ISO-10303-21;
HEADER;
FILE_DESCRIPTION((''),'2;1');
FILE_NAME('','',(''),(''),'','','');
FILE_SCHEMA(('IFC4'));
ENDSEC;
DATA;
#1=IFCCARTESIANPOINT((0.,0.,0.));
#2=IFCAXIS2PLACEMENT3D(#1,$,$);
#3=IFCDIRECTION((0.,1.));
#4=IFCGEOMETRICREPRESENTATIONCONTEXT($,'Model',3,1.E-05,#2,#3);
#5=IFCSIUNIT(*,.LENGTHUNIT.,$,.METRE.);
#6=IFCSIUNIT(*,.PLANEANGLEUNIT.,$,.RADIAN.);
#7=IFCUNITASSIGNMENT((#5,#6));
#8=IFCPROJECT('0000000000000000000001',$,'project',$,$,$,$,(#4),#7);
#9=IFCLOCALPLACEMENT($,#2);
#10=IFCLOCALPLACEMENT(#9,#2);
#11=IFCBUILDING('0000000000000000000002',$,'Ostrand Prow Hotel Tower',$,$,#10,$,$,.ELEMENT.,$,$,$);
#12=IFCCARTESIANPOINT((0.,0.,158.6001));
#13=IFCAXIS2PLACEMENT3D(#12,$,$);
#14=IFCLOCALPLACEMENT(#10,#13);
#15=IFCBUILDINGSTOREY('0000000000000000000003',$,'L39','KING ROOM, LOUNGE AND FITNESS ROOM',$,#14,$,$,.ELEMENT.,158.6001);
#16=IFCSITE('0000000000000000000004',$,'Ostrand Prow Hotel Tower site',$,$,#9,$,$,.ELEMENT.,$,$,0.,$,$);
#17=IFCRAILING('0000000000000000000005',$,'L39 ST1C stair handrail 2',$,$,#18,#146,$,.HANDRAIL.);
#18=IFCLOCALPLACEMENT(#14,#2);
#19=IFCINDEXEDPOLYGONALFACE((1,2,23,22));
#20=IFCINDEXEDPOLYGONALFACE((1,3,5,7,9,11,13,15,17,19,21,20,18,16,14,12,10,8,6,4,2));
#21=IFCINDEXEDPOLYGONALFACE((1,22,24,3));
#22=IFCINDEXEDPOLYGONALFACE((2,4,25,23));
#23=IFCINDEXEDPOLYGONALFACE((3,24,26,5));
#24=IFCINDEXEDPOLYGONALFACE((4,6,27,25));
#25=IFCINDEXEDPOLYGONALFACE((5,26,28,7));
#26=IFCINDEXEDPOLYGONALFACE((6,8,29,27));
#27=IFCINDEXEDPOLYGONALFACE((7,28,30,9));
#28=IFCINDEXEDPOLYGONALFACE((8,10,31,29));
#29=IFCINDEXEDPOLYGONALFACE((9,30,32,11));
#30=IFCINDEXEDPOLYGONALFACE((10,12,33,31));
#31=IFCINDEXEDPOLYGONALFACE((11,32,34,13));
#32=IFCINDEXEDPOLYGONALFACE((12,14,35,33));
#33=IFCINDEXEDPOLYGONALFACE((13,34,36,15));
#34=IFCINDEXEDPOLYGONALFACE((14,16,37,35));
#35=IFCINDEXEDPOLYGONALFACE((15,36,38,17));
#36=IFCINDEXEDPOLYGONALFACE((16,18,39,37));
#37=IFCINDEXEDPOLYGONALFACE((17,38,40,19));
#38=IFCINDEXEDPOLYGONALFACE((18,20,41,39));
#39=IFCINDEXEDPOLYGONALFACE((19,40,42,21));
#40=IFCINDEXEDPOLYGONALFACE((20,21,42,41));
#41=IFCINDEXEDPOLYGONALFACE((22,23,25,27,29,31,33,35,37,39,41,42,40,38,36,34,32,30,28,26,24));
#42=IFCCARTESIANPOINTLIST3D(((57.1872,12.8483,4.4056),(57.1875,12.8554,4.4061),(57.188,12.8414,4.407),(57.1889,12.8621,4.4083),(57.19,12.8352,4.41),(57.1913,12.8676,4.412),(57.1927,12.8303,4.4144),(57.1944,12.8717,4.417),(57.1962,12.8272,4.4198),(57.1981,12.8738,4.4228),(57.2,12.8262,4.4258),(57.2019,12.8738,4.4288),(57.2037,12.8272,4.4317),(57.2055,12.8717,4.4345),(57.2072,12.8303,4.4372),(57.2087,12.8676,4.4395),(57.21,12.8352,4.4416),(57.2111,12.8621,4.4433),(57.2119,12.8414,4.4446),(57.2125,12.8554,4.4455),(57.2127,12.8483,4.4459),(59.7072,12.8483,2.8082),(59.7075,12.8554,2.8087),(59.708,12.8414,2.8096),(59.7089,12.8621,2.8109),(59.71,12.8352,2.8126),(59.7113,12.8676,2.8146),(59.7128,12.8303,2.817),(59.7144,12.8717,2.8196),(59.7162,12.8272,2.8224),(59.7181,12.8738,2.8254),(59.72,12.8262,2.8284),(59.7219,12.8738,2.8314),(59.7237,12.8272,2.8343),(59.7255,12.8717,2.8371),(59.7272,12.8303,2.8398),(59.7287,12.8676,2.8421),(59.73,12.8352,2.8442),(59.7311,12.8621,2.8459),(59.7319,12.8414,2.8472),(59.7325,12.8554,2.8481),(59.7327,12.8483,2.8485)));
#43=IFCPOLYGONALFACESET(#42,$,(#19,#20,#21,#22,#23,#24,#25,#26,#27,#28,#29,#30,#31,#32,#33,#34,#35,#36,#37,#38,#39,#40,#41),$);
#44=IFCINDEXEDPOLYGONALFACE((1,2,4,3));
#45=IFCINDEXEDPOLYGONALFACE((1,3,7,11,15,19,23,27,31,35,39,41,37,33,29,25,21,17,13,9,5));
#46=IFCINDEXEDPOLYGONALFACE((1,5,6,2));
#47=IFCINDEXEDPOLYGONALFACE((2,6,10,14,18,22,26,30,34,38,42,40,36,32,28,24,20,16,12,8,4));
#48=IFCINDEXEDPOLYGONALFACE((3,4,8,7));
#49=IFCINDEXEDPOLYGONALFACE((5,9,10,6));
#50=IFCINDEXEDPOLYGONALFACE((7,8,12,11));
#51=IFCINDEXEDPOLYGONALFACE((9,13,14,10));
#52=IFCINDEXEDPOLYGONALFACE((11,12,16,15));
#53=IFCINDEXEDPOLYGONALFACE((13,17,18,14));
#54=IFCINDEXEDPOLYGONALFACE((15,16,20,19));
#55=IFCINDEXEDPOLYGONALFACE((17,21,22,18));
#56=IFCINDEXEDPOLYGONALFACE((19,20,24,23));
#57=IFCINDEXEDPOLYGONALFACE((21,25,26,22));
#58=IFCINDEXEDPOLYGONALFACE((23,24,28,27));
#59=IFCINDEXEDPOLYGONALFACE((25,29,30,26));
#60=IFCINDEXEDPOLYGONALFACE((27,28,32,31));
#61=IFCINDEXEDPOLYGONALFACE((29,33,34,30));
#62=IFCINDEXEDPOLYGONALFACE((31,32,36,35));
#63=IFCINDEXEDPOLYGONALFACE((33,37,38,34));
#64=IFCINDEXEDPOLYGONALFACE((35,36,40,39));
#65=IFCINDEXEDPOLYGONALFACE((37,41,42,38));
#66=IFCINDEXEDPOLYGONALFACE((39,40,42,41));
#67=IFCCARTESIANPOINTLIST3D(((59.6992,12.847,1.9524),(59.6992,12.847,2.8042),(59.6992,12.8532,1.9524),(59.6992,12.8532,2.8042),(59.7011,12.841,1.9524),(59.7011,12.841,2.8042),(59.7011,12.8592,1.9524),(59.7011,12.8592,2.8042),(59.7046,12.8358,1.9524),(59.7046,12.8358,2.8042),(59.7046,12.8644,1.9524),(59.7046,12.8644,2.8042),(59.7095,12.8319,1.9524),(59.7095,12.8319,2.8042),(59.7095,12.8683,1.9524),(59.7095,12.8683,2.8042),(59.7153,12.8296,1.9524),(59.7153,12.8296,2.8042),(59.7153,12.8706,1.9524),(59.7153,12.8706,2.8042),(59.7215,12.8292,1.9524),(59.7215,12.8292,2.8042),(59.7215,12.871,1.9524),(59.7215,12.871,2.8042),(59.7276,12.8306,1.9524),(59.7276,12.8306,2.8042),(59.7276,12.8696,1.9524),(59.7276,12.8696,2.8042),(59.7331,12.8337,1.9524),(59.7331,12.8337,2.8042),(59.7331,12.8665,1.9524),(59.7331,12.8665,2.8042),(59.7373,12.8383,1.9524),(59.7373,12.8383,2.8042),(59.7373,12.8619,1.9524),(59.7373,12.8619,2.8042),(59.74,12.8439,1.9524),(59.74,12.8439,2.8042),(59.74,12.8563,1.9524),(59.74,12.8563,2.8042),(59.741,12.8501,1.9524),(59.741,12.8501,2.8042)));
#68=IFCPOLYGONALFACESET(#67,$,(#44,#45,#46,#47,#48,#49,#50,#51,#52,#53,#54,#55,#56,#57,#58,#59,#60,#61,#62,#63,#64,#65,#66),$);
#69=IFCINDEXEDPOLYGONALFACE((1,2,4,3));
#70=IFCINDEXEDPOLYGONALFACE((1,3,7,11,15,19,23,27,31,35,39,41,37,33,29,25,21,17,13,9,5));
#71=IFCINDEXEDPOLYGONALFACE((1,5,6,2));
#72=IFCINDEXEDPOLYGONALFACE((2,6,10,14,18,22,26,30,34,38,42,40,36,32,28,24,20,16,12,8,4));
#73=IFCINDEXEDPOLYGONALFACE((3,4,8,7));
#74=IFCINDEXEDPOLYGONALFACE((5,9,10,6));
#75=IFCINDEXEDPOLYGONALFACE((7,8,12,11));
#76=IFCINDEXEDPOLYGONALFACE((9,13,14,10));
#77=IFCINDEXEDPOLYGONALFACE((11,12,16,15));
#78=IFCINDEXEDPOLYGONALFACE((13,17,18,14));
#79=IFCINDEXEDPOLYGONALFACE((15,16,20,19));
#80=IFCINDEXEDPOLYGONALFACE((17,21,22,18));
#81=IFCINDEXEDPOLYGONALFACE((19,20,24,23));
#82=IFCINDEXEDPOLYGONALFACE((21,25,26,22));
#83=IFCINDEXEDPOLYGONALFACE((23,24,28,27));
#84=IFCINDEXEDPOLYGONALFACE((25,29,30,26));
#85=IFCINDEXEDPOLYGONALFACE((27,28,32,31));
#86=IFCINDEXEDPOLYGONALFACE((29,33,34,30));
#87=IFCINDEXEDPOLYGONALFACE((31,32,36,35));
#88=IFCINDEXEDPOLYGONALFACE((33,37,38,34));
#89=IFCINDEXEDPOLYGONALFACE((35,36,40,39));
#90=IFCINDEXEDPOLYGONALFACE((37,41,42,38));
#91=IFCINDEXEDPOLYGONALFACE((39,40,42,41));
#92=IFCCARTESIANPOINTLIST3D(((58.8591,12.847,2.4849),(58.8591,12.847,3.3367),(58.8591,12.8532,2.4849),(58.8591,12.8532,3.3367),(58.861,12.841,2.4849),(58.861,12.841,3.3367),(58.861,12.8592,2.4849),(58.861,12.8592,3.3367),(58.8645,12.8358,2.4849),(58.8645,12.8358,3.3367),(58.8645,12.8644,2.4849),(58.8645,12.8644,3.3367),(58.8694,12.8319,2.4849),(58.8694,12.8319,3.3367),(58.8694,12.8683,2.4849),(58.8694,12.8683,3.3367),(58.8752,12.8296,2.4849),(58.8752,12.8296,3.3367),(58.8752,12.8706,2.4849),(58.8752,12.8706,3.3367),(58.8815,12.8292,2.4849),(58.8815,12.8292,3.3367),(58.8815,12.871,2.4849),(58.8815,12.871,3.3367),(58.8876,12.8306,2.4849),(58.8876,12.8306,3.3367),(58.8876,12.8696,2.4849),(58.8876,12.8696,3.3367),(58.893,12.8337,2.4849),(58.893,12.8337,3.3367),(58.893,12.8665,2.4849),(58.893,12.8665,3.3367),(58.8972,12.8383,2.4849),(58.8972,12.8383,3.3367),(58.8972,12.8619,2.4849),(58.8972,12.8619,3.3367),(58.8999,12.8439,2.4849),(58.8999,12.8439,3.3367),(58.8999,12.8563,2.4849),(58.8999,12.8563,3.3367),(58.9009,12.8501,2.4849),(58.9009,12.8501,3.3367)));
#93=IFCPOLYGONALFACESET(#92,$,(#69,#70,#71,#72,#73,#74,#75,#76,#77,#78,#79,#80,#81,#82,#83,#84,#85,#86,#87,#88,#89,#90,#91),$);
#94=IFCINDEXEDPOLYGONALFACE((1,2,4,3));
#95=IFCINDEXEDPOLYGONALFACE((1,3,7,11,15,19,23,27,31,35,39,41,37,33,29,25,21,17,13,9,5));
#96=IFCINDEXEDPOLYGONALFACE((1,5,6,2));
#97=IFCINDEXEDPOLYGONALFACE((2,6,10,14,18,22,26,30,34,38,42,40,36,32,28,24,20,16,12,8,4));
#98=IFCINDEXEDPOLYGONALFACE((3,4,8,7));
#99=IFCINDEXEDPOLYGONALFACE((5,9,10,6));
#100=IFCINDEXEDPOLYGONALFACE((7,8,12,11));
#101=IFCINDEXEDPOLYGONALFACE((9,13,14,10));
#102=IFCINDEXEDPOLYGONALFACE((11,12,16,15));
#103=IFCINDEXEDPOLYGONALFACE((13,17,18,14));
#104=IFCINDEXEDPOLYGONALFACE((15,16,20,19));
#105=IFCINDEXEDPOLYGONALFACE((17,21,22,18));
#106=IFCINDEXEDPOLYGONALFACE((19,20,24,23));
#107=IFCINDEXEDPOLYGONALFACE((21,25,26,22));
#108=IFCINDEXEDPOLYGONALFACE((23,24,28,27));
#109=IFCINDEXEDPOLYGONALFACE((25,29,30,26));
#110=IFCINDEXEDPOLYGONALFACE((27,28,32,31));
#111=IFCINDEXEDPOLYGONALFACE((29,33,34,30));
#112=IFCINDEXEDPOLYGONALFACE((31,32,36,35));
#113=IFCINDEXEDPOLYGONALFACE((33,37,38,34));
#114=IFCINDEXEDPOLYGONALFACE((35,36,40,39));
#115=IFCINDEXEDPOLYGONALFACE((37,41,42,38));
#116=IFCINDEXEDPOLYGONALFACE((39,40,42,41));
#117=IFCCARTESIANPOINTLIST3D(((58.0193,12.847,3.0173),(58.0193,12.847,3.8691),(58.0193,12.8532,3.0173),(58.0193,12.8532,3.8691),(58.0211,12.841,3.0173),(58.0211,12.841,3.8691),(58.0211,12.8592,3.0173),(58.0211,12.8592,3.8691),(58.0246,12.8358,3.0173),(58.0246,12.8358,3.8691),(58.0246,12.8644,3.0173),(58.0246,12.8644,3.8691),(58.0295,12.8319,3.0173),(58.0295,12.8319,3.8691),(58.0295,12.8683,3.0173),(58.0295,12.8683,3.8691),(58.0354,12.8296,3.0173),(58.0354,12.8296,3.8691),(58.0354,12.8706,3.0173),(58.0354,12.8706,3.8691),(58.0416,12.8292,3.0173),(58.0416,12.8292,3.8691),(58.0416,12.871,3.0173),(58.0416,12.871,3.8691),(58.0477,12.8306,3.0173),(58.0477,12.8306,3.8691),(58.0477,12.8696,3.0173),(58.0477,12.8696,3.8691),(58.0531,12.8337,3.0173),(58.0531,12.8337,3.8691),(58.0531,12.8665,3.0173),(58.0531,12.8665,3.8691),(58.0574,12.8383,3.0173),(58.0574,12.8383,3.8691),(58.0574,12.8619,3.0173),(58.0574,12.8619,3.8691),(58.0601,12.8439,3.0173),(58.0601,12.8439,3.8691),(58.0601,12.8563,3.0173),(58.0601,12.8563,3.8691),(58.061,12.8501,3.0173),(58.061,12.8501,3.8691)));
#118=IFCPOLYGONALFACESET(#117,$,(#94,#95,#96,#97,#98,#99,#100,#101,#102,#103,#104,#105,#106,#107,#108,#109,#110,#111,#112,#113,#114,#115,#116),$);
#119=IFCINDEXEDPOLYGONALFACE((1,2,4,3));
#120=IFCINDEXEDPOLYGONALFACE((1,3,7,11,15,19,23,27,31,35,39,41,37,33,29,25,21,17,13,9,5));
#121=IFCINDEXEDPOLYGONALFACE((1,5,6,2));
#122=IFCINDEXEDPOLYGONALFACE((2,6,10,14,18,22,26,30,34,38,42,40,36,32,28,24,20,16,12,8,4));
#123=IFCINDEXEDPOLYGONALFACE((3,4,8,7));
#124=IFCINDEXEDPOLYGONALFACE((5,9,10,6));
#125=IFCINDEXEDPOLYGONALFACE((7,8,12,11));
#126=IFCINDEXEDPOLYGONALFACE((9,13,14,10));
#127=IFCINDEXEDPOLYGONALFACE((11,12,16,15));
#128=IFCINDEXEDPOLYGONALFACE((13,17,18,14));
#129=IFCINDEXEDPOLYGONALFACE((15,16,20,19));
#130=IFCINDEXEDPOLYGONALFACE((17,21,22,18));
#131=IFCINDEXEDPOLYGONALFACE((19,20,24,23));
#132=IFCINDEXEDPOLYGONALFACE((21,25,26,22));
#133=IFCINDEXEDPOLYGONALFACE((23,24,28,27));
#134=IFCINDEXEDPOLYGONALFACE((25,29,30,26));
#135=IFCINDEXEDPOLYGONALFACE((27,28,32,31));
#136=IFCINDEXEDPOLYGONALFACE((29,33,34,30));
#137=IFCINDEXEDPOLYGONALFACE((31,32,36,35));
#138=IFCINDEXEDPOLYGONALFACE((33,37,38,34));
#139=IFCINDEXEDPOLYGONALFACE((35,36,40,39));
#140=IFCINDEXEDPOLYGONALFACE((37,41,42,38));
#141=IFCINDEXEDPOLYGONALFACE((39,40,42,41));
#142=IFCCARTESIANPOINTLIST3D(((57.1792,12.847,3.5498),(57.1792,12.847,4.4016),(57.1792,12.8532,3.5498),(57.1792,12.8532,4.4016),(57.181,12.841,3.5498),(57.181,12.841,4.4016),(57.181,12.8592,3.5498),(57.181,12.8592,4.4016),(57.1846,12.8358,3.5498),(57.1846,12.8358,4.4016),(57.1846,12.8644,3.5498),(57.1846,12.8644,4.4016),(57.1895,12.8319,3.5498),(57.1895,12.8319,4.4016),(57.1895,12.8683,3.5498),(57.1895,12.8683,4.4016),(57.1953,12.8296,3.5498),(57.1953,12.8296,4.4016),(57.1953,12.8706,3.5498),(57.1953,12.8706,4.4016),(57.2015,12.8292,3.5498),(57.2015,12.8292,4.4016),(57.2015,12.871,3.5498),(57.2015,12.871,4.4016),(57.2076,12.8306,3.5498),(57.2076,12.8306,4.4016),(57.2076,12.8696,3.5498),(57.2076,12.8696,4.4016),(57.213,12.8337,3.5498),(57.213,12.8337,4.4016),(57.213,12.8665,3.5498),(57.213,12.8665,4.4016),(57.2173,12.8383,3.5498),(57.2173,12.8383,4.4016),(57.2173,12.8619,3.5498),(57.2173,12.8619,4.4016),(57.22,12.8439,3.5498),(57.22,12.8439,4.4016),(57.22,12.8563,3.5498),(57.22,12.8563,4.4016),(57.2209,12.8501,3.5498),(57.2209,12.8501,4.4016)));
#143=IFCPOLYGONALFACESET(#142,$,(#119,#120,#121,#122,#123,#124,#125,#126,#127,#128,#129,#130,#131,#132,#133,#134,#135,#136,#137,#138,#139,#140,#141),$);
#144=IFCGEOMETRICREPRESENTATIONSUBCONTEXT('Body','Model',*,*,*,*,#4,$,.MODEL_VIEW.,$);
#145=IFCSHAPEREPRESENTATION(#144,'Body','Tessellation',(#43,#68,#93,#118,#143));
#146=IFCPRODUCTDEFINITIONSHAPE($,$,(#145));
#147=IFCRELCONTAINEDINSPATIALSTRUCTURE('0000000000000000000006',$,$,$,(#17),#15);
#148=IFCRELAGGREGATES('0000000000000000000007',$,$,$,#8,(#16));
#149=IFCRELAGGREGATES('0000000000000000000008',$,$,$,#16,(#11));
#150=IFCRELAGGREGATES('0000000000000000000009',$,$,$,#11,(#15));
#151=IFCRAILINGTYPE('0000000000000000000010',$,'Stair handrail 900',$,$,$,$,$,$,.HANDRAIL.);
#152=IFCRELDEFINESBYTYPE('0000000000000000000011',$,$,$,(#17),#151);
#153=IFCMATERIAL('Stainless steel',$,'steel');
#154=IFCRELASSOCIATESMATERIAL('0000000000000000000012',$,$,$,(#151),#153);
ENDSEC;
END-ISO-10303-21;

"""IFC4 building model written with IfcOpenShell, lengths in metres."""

from ifc_helpers import new_model, si_unit, direction, frame, origin, origin_2d, place, context, subcontext, project, spatial, circle, extrude, material, type_object, element, save


model = new_model("IFC4")

# Units and contexts
model_context = context("Model", 3, precision=1e-05, world=origin(), true_north=direction((0.0, 1.0)))
body_context = subcontext(model_context, "Body", "Model", "MODEL_VIEW")
ifc_project = project(units=[si_unit("LENGTHUNIT", "METRE"), si_unit("PLANEANGLEUNIT", "RADIAN")], contexts=[model_context])

# Site, building, storey
site_placement = place(None, origin())
site = spatial("IfcSite", under=ifc_project, at=site_placement, Name="Ostrand Prow Hotel Tower site", CompositionType="ELEMENT", RefElevation=0.0)
building_placement = place(site_placement, origin())
building = spatial("IfcBuilding", under=site, at=building_placement, Name="Ostrand Prow Hotel Tower", CompositionType="ELEMENT")
storey_placement = place(building_placement, frame((0.0, 0.0, 158.6001)))
storey = spatial("IfcBuildingStorey", under=building, at=storey_placement, Name="L39", Description="KING ROOM, LOUNGE AND FITNESS ROOM", CompositionType="ELEMENT", Elevation=158.6001)

# Railing
ifc_material_1 = material(Name="Stainless steel", Category="steel")
railing_type_1 = type_object("IfcRailingType", Name="Stair handrail 900", PredefinedType="HANDRAIL", material=ifc_material_1)
railing_1_placement = place(storey_placement, frame((59.72, 12.8501, 1.9524)))
element("IfcRailing", 1, at=railing_1_placement, inside=storey, type_object=railing_type_1, Name="L39 ST1C stair handrail 2", PredefinedType="HANDRAIL", context=body_context, shape_type="SweptSolid", body=[
    extrude(circle(Radius=0.0239, at=origin_2d()), frame((0.0, 0.0, 0.876), z_axis=(-0.844607, 0.0, 0.535387), x_axis=(0.0, -1.0, 0.0)), (0.0, 0.0, 1.0), 2.9836),
    extrude(circle(Radius=0.021, at=origin_2d()), origin(), (0.0, 0.0, 1.0), 0.8518),
    extrude(circle(Radius=0.021, at=origin_2d()), frame((-0.8401, 0.0, 0.5325)), (0.0, 0.0, 1.0), 0.8518),
    extrude(circle(Radius=0.021, at=origin_2d()), frame((-1.6799, 0.0, 1.0649)), (0.0, 0.0, 1.0), 0.8518),
    extrude(circle(Radius=0.021, at=origin_2d()), frame((-2.52, 0.0, 1.5974)), (0.0, 0.0, 1.0), 0.8518),
])

save(model, "model.ifc")
